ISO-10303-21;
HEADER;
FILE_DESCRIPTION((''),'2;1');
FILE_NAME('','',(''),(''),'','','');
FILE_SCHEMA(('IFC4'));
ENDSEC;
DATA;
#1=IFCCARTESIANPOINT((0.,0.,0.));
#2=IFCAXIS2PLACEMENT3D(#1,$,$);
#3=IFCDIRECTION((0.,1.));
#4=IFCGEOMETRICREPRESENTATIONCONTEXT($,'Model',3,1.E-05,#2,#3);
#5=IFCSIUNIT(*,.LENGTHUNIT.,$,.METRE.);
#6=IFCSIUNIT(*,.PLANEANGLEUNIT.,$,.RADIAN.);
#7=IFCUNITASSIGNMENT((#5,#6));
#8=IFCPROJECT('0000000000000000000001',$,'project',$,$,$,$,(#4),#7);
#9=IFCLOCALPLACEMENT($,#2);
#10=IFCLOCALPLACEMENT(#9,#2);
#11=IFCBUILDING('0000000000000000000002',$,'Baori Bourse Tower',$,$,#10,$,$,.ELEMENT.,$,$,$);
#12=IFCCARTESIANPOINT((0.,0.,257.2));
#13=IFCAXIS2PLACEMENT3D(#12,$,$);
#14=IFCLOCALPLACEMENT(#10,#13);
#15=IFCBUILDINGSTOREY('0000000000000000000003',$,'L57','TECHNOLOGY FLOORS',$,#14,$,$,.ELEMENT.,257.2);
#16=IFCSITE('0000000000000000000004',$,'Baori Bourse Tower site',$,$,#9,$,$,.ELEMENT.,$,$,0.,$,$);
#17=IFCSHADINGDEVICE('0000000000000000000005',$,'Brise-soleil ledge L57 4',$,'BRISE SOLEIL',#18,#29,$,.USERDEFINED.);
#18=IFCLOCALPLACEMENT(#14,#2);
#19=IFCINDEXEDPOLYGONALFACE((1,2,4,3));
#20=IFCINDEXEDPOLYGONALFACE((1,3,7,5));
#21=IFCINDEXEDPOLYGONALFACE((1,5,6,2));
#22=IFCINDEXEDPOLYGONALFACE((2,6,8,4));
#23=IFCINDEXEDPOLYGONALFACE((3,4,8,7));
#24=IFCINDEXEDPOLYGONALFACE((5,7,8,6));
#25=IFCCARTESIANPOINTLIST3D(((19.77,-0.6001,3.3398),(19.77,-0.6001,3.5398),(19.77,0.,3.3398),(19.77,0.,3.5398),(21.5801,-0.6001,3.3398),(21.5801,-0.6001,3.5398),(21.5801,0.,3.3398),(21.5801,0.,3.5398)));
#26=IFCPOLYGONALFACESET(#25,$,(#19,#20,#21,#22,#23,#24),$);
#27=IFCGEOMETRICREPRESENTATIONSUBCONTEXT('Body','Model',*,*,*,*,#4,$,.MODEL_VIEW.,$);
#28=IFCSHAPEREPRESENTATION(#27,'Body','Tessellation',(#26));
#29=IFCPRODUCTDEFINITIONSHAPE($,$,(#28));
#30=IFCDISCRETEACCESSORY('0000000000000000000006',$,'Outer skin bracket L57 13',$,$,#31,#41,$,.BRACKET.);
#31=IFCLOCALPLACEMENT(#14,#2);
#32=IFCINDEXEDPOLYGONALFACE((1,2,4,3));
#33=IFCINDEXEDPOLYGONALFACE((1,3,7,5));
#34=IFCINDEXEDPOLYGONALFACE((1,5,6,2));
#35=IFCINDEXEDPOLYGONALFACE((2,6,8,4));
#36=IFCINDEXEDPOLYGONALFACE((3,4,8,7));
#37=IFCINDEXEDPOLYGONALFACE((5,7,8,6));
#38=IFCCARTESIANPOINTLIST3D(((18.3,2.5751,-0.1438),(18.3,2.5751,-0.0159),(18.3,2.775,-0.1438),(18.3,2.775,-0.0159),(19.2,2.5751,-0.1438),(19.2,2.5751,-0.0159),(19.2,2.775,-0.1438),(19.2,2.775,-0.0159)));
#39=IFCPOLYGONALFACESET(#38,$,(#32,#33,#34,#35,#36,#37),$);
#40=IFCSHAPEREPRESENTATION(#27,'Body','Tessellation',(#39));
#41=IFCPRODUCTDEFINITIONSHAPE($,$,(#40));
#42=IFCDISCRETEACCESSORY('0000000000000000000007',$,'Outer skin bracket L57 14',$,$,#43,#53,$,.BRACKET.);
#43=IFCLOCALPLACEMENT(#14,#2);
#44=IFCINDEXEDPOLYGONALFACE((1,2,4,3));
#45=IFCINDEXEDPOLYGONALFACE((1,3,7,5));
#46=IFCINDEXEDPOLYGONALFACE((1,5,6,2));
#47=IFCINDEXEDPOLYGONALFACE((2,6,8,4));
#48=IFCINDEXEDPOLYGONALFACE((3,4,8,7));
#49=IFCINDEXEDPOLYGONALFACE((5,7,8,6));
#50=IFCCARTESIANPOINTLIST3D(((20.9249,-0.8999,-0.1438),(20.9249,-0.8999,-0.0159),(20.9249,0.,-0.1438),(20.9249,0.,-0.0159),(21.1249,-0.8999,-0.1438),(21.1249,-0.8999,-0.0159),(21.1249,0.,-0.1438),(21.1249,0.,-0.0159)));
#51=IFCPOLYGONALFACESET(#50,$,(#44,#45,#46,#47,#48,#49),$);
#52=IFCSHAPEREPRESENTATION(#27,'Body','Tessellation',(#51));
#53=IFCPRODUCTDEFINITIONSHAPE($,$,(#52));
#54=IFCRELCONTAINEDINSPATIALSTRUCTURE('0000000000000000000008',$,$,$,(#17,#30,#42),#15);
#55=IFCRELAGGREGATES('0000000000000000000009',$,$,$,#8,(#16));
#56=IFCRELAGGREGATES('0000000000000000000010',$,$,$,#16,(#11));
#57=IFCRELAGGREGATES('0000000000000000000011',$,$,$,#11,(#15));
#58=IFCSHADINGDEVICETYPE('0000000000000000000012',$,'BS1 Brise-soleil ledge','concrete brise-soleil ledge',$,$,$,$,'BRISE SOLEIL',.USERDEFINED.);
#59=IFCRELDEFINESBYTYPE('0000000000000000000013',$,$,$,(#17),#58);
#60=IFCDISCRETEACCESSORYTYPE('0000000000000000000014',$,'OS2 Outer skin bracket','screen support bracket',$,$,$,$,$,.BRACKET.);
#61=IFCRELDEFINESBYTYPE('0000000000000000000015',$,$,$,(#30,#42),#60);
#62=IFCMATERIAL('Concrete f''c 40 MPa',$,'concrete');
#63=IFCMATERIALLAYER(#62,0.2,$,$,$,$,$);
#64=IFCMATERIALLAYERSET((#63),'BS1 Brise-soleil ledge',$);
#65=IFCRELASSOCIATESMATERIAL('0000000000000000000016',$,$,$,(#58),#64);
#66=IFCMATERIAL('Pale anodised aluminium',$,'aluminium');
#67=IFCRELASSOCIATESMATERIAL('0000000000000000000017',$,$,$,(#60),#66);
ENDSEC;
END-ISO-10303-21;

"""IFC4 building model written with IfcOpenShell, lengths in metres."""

from ifc_helpers import new_model, si_unit, direction, frame, origin, origin_2d, place, context, subcontext, project, spatial, rectangle, extrude, material, layer, layer_set, type_object, element, save


model = new_model("IFC4")

# Units and contexts
model_context = context("Model", 3, precision=1e-05, world=origin(), true_north=direction((0.0, 1.0)))
body_context = subcontext(model_context, "Body", "Model", "MODEL_VIEW")
ifc_project = project(units=[si_unit("LENGTHUNIT", "METRE"), si_unit("PLANEANGLEUNIT", "RADIAN")], contexts=[model_context])

# Site, building, storey
site_placement = place(None, origin())
site = spatial("IfcSite", under=ifc_project, at=site_placement, Name="Baori Bourse Tower site", CompositionType="ELEMENT", RefElevation=0.0)
building_placement = place(site_placement, origin())
building = spatial("IfcBuilding", under=site, at=building_placement, Name="Baori Bourse Tower", CompositionType="ELEMENT")
storey_placement = place(building_placement, frame((0.0, 0.0, 257.2)))
storey = spatial("IfcBuildingStorey", under=building, at=storey_placement, Name="L57", Description="TECHNOLOGY FLOORS", CompositionType="ELEMENT", Elevation=257.2)

# Shading device
ifc_material_1 = material(Name="Concrete f'c 40 MPa", Category="concrete")
ifc_layer_1 = layer(ifc_material_1, 0.2)
ifc_layer_set_1 = layer_set([ifc_layer_1], Name="BS1 Brise-soleil ledge")
shading_device_type = type_object("IfcShadingDeviceType", Name="BS1 Brise-soleil ledge", Description="concrete brise-soleil ledge", ElementType="BRISE SOLEIL", PredefinedType="USERDEFINED", material=ifc_layer_set_1)
shading_device_placement = place(storey_placement, frame((20.675, -0.3, 3.3398), z_axis=(0.0, 0.0, 1.0), x_axis=(1.0, 0.0, 0.0)))
element("IfcShadingDevice", 1, at=shading_device_placement, inside=storey, type_object=shading_device_type, Name="Brise-soleil ledge L57 4", ObjectType="BRISE SOLEIL", PredefinedType="USERDEFINED", context=body_context, shape_type="SweptSolid", body=[
    extrude(rectangle(XDim=1.8101, YDim=0.6001, at=origin_2d()), origin(), (0.0, 0.0, 1.0), 0.2),
])

# Discrete accessories
ifc_material_2 = material(Name="Pale anodised aluminium", Category="aluminium")
discrete_accessory_type = type_object("IfcDiscreteAccessoryType", Name="OS2 Outer skin bracket", Description="screen support bracket", PredefinedType="BRACKET", material=ifc_material_2)
for number, where, z_axis, x_axis, name in (
    (2, (18.75, 2.675, -0.1438), (0.0, 0.0, 1.0), (0.0, -1.0, 0.0), "Outer skin bracket L57 13"),
    (3, (21.0249, -0.45, -0.1438), (0.0, 0.0, 1.0), (1.0, 0.0, 0.0), "Outer skin bracket L57 14"),
):
    element("IfcDiscreteAccessory", number, at=place(storey_placement, frame(where, z_axis=z_axis, x_axis=x_axis)), inside=storey, type_object=discrete_accessory_type, Name=name, PredefinedType="BRACKET", context=body_context, shape_type="SweptSolid", body=[
        extrude(rectangle(XDim=0.2, YDim=0.8999, at=origin_2d()), origin(), (0.0, 0.0, 1.0), 0.1279),
    ])

save(model, "model.ifc")
